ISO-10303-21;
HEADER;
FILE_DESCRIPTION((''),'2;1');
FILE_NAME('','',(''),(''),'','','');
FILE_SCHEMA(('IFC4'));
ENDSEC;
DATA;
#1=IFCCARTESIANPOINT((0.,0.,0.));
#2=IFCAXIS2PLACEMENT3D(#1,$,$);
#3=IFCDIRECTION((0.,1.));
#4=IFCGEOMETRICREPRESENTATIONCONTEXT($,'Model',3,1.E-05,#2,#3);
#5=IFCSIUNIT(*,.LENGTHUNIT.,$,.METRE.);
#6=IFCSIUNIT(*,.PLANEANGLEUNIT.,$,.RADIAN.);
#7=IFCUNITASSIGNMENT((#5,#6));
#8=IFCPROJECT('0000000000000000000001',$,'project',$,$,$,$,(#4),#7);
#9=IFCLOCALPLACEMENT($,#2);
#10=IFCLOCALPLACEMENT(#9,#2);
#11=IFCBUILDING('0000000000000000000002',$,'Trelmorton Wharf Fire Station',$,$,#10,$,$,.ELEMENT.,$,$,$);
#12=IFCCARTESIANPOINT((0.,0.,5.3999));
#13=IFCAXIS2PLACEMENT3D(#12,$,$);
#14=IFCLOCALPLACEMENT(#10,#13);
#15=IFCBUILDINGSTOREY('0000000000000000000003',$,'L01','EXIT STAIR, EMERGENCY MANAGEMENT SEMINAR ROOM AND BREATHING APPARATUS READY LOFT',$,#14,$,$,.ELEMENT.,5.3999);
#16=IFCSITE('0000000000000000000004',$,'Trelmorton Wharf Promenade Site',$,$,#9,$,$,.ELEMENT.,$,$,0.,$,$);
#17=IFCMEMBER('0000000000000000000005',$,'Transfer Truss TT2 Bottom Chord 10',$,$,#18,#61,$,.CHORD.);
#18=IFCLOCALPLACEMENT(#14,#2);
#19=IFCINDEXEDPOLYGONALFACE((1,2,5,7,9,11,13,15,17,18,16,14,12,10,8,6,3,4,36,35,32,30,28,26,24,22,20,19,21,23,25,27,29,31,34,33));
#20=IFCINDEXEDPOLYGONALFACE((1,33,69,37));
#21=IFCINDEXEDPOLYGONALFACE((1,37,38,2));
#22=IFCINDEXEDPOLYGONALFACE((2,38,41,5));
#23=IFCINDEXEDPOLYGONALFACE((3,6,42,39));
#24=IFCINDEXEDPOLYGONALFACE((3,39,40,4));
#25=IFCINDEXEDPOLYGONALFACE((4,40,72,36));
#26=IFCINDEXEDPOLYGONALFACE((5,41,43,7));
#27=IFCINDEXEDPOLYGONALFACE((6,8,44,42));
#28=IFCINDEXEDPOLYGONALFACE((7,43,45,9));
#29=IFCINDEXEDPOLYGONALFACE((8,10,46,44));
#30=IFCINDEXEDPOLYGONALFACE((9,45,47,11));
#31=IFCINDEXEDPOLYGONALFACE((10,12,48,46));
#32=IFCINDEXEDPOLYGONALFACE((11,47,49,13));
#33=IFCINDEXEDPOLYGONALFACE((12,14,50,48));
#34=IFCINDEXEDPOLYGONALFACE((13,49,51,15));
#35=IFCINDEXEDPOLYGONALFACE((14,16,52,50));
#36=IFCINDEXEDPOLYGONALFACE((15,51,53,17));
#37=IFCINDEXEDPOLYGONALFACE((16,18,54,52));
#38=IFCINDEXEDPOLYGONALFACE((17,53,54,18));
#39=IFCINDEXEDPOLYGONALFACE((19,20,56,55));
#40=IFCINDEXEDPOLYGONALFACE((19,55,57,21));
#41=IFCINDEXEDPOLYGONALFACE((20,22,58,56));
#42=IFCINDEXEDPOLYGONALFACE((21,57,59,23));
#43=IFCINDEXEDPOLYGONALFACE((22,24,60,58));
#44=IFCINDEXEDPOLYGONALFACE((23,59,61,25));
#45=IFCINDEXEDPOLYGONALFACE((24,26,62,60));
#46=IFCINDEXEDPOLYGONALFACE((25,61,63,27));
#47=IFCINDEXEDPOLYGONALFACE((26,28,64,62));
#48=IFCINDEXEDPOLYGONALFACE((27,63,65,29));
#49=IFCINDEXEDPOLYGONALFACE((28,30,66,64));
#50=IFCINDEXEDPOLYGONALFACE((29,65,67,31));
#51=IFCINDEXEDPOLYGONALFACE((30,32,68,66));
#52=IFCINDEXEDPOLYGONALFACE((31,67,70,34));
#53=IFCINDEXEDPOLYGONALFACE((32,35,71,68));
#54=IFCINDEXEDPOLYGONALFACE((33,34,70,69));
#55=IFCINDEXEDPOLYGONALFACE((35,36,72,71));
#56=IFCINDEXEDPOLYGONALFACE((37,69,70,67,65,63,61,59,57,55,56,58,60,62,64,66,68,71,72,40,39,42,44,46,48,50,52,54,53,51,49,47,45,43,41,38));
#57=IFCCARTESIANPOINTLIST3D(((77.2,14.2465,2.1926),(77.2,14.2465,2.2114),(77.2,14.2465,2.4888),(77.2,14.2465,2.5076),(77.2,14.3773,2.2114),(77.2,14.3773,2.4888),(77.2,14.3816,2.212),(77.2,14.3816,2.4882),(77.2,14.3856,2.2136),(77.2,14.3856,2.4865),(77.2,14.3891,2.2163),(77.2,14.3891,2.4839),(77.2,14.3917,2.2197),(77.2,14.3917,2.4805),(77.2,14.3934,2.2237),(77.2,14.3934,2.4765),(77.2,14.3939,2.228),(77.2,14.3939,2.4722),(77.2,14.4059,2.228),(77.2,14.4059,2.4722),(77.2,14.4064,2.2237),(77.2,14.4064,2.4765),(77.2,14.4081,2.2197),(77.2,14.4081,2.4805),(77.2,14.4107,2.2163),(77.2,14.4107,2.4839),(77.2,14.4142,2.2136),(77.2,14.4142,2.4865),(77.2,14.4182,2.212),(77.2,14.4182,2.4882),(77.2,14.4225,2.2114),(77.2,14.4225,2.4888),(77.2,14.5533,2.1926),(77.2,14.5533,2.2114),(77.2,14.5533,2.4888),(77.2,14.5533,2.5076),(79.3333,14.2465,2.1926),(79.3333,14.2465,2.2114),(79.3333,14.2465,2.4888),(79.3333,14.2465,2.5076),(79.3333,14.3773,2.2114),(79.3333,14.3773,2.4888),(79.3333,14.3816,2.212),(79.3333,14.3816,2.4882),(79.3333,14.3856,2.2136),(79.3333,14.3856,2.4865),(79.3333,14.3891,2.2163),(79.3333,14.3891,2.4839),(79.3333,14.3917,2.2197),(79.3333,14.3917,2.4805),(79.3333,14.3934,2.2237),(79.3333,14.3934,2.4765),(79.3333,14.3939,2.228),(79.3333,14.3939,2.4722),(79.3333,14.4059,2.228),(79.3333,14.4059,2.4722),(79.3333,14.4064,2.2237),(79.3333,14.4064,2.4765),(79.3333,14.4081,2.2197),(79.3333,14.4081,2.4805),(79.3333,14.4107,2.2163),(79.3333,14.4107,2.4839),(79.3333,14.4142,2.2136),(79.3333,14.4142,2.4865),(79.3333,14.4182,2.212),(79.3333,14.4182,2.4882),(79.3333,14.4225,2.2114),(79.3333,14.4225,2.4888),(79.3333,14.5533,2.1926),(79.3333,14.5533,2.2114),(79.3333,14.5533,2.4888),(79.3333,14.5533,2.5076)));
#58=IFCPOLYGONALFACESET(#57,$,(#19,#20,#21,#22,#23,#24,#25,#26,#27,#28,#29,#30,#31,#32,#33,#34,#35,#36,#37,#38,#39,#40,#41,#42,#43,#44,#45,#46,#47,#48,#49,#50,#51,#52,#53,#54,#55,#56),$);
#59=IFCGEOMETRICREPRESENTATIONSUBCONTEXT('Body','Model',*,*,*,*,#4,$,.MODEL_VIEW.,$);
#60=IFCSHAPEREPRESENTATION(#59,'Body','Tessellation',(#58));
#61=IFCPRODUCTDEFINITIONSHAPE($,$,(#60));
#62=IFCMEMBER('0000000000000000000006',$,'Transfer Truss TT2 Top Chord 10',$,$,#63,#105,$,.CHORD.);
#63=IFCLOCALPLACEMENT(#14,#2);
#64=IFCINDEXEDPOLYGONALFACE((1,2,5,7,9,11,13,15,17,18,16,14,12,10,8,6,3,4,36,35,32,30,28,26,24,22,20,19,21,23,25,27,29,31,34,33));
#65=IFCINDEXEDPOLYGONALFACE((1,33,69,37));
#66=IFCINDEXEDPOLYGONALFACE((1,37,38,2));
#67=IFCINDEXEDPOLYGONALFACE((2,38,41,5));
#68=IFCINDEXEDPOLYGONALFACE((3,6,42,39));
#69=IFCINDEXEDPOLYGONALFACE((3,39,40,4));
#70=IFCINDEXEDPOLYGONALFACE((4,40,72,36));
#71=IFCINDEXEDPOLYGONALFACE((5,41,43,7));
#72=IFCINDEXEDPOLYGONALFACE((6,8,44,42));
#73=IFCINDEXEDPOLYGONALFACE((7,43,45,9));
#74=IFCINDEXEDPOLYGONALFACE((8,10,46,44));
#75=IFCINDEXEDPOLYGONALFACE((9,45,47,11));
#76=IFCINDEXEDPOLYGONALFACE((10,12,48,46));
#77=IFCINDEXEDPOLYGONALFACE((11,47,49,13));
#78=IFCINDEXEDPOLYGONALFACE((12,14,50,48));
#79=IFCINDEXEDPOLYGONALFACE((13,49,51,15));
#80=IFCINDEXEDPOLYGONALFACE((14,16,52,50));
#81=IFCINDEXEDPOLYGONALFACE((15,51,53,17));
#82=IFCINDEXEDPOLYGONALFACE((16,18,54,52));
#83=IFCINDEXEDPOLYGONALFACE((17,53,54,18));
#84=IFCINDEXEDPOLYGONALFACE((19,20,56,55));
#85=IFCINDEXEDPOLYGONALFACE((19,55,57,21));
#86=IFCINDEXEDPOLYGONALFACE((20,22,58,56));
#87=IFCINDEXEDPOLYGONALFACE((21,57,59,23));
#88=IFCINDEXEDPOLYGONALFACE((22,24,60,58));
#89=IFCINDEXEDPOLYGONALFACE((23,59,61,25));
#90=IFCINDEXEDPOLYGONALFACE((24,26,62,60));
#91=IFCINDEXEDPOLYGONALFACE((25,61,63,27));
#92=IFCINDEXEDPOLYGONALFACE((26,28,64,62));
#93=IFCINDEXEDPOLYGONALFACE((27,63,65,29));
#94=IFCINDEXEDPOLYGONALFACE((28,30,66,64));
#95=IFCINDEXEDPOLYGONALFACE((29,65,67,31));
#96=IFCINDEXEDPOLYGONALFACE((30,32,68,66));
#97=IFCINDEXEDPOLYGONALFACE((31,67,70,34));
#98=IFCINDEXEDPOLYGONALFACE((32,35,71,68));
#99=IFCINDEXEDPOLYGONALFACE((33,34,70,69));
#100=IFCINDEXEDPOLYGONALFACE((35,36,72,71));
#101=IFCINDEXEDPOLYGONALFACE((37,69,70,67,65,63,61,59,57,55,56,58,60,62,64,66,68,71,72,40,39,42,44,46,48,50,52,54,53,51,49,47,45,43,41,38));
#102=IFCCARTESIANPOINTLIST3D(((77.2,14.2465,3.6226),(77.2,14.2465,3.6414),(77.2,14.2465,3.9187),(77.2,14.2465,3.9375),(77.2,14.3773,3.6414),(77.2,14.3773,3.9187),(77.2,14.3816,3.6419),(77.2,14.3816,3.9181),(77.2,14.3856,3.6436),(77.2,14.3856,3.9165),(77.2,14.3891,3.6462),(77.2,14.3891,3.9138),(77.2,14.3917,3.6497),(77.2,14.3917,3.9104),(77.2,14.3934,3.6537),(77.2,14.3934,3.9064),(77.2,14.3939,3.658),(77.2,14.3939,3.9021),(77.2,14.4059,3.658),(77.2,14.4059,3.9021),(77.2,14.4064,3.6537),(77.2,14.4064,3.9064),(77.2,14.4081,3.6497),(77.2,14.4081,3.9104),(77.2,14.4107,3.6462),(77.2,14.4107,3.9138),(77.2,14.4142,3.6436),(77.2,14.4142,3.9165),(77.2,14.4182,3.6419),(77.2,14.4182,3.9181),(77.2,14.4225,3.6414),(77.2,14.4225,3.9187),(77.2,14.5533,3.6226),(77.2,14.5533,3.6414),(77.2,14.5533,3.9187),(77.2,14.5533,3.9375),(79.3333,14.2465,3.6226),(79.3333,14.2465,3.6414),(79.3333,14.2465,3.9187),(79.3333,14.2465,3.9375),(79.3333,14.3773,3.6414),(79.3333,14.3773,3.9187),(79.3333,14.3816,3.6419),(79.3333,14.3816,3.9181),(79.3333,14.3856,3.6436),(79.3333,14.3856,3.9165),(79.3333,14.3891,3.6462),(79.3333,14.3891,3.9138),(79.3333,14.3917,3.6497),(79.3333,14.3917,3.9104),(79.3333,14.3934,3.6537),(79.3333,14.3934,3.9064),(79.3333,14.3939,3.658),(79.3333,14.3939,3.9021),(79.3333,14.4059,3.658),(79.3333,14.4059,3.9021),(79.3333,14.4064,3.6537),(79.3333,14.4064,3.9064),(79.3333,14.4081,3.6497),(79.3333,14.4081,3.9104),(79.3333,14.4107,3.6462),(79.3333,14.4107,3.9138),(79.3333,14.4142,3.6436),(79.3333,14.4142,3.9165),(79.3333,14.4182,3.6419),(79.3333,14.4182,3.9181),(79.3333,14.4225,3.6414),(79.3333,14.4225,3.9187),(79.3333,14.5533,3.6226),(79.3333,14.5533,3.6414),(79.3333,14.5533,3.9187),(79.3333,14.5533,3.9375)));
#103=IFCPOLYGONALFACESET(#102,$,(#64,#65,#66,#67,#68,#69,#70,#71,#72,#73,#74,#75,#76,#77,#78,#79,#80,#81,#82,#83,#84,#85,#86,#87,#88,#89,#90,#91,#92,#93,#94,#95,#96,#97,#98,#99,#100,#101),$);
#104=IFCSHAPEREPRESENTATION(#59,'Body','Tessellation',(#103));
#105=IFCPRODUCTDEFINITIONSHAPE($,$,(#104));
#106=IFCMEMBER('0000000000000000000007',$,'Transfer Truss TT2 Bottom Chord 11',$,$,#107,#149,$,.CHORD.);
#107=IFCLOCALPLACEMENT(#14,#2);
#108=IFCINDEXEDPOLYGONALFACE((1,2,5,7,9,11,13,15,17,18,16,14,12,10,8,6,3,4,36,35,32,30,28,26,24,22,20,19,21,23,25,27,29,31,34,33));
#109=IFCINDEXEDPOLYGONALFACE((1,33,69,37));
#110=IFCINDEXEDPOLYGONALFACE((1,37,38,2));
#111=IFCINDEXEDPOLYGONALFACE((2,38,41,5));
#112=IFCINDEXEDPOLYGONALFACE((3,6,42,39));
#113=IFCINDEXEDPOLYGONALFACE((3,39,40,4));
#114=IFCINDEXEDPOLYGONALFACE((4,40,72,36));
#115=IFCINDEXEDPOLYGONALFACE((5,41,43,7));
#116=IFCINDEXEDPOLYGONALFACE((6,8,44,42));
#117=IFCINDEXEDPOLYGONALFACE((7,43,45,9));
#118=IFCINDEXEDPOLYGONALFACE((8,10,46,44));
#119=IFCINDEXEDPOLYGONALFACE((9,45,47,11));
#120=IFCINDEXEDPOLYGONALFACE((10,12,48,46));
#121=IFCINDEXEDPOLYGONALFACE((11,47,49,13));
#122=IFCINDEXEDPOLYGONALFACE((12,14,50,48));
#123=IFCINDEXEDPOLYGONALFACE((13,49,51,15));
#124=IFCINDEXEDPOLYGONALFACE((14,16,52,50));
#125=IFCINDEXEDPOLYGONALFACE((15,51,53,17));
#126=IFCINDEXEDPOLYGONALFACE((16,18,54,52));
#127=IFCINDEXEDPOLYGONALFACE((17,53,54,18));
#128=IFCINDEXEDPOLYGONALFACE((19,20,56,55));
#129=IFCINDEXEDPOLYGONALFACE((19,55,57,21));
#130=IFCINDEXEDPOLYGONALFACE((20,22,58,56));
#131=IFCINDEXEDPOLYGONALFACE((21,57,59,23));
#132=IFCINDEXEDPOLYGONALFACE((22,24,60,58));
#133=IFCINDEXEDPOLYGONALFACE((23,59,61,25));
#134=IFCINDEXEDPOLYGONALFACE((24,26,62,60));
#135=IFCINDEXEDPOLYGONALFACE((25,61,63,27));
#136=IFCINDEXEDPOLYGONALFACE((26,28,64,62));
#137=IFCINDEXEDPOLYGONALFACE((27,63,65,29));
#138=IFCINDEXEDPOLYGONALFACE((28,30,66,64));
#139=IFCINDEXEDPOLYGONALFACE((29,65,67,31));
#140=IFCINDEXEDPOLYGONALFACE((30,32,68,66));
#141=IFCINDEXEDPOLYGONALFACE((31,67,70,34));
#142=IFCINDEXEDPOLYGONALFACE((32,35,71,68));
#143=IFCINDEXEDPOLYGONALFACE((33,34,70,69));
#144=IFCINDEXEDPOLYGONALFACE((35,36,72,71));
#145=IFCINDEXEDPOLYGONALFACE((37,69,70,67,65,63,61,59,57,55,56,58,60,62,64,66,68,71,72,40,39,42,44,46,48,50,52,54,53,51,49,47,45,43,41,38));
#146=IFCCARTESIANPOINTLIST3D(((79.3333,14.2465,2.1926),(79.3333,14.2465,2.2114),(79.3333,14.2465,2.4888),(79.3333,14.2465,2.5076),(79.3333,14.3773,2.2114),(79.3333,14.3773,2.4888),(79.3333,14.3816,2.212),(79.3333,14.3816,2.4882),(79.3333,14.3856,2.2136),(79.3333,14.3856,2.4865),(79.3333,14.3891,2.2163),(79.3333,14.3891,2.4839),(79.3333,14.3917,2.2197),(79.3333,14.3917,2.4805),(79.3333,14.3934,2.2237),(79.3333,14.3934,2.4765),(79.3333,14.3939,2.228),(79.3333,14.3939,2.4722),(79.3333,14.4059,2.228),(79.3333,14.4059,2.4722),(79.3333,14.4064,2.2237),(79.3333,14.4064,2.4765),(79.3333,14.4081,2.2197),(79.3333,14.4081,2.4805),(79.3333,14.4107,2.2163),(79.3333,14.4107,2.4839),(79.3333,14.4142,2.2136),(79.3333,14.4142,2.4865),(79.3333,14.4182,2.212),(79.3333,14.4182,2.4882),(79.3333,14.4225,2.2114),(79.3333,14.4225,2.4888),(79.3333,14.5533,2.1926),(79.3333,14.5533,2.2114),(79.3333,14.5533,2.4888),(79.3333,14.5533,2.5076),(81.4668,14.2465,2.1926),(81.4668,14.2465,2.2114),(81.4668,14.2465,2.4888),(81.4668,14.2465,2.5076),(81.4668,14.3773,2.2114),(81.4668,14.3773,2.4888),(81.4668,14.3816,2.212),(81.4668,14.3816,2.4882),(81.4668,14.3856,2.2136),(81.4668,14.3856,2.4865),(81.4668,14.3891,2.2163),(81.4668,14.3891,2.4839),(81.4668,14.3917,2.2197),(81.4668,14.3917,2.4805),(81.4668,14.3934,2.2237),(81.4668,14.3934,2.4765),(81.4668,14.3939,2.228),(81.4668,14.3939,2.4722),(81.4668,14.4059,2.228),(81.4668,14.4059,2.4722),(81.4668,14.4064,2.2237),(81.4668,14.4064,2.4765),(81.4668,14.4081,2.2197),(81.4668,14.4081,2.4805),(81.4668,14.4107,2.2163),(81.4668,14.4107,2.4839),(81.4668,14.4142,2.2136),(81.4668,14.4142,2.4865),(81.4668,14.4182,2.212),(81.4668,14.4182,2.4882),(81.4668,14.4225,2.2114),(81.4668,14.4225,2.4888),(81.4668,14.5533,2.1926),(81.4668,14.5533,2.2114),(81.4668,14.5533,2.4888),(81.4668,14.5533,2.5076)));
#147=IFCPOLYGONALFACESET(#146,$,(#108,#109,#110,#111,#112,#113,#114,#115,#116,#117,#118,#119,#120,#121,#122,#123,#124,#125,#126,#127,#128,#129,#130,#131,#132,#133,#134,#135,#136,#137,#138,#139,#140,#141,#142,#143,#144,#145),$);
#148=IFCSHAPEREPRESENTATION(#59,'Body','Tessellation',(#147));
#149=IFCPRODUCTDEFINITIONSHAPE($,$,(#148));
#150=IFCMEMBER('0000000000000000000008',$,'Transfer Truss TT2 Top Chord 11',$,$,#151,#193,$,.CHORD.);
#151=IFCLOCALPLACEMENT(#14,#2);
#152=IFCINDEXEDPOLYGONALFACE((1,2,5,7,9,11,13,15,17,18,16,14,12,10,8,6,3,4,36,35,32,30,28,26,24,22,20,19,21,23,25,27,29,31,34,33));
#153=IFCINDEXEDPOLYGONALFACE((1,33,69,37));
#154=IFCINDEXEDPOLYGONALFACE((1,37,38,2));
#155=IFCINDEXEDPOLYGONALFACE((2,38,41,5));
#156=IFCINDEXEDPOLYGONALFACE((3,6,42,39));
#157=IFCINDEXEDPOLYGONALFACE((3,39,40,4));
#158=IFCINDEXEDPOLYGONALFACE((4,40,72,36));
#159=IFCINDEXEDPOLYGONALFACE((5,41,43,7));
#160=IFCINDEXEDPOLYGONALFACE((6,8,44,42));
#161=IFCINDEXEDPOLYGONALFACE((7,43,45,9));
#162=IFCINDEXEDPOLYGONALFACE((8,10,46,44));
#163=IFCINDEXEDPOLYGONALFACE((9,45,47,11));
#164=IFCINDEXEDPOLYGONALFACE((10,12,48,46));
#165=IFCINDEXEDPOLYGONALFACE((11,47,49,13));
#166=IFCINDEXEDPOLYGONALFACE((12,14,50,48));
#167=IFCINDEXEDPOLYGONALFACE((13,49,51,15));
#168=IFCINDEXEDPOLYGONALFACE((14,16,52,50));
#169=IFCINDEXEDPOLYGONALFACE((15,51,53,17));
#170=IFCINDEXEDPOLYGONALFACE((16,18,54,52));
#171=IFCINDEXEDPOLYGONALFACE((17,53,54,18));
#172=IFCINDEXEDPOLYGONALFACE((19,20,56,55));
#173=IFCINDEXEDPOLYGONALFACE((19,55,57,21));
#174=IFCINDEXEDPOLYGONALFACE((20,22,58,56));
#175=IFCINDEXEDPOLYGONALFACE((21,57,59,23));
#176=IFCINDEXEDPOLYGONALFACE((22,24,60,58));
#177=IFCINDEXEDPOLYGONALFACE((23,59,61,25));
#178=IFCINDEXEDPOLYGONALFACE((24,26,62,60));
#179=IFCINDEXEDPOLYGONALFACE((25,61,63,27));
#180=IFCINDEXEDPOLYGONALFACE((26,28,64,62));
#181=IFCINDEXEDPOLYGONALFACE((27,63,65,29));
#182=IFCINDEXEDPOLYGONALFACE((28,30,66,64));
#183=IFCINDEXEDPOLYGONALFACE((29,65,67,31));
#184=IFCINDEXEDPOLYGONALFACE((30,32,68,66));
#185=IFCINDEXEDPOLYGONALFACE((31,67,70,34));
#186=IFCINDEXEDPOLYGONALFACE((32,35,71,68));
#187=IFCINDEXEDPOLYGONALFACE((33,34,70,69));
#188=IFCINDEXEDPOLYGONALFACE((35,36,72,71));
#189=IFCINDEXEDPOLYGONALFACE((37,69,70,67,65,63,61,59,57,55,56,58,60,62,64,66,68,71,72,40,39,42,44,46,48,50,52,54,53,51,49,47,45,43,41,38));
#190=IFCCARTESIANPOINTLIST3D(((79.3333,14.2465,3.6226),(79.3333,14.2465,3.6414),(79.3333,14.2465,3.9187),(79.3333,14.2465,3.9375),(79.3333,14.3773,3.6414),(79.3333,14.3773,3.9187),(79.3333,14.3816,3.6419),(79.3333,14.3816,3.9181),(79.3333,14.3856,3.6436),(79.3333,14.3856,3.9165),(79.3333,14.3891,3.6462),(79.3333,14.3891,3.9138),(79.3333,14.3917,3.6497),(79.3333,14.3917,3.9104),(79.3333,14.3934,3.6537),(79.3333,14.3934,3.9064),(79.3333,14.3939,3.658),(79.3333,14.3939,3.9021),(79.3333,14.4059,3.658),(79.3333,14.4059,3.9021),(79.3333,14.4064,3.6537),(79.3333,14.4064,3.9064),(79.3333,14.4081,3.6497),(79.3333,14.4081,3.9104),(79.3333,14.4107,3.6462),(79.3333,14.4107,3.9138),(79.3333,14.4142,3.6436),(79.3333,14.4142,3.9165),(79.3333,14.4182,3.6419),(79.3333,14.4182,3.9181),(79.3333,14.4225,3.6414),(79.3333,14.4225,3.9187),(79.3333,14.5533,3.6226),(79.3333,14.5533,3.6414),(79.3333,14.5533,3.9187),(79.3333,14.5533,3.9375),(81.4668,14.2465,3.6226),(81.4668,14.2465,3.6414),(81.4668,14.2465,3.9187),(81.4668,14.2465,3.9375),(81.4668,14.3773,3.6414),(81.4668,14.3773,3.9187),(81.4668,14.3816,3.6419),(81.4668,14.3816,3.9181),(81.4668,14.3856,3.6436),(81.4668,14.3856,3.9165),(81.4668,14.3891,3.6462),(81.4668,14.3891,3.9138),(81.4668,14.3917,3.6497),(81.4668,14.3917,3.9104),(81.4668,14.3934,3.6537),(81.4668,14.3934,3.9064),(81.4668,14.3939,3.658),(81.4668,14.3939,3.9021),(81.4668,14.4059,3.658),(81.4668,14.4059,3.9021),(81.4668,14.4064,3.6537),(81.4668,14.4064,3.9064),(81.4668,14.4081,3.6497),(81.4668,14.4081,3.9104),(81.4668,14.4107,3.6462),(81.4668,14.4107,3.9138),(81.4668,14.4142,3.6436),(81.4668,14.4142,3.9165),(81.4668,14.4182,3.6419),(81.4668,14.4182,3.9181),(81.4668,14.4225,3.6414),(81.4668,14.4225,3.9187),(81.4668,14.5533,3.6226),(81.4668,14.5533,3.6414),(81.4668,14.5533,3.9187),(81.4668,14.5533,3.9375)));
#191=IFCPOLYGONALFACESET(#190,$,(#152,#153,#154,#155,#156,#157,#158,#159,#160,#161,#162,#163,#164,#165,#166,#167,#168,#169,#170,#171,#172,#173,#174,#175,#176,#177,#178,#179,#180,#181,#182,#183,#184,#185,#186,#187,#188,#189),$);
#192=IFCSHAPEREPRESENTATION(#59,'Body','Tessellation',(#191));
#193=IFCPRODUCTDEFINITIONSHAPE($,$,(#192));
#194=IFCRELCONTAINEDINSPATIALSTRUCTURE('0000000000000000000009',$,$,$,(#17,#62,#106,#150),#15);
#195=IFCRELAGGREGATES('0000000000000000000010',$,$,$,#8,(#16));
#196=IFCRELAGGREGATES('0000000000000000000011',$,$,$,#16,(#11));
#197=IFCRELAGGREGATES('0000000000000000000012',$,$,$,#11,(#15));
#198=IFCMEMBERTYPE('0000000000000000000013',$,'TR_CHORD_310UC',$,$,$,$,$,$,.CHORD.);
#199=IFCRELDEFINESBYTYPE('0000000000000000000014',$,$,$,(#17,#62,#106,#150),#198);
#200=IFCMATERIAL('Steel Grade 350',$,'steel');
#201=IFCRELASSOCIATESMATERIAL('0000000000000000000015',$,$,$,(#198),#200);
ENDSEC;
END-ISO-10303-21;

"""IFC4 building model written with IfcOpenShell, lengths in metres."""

from ifc_helpers import new_model, si_unit, direction, frame, origin, origin_2d, place, context, subcontext, project, spatial, i_section, extrude, material, material_profile, profile_set, type_object, element, save


model = new_model("IFC4")

# Units and contexts
model_context = context("Model", 3, precision=1e-05, world=origin(), true_north=direction((0.0, 1.0)))
body_context = subcontext(model_context, "Body", "Model", "MODEL_VIEW")
ifc_project = project(units=[si_unit("LENGTHUNIT", "METRE"), si_unit("PLANEANGLEUNIT", "RADIAN")], contexts=[model_context])

# Site, building, storey
site_placement = place(None, origin())
site = spatial("IfcSite", under=ifc_project, at=site_placement, Name="Trelmorton Wharf Promenade Site", CompositionType="ELEMENT", RefElevation=0.0)
building_placement = place(site_placement, origin())
building = spatial("IfcBuilding", under=site, at=building_placement, Name="Trelmorton Wharf Fire Station", CompositionType="ELEMENT")
storey_placement = place(building_placement, frame((0.0, 0.0, 5.3999)))
storey = spatial("IfcBuildingStorey", under=building, at=storey_placement, Name="L01", Description="EXIT STAIR, EMERGENCY MANAGEMENT SEMINAR ROOM AND BREATHING APPARATUS READY LOFT", CompositionType="ELEMENT", Elevation=5.3999)

# Members
ifc_material_1 = material(Name="Steel Grade 350", Category="steel")
ifc_material_profile_1 = material_profile(ifc_material_1, i_section(OverallWidth=0.3069, OverallDepth=0.3149, WebThickness=0.012, FlangeThickness=0.0188, FilletRadius=0.0166, at=origin_2d()), Name="310UC118")
ifc_profile_set_1 = profile_set([ifc_material_profile_1], Name="Steel Grade 350")
member_type_1 = type_object("IfcMemberType", Name="TR_CHORD_310UC", PredefinedType="CHORD", material=ifc_profile_set_1)
for number, where, z_axis, x_axis, name in (
    (1, (77.2, 14.3999, 2.3501), (1.0, 0.0, 0.0), (0.0, 1.0, 0.0), "Transfer Truss TT2 Bottom Chord 10"),
    (2, (77.2, 14.3999, 3.78), (1.0, 0.0, 0.0), (0.0, 1.0, 0.0), "Transfer Truss TT2 Top Chord 10"),
):
    element("IfcMember", number, at=place(storey_placement, frame(where, z_axis=z_axis, x_axis=x_axis)), inside=storey, type_object=member_type_1, Name=name, PredefinedType="CHORD", context=body_context, shape_type="SweptSolid", body=[
        extrude(i_section(OverallWidth=0.3069, OverallDepth=0.3149, WebThickness=0.012, FlangeThickness=0.0188, FilletRadius=0.0166, at=origin_2d()), origin(), (0.0, 0.0, 1.0), 2.1333),
    ])
for number, where, z_axis, x_axis, name in (
    (3, (79.3333, 14.3999, 2.3501), (1.0, 0.0, 0.0), (0.0, 1.0, 0.0), "Transfer Truss TT2 Bottom Chord 11"),
    (4, (79.3333, 14.3999, 3.78), (1.0, 0.0, 0.0), (0.0, 1.0, 0.0), "Transfer Truss TT2 Top Chord 11"),
):
    element("IfcMember", number, at=place(storey_placement, frame(where, z_axis=z_axis, x_axis=x_axis)), inside=storey, type_object=member_type_1, Name=name, PredefinedType="CHORD", context=body_context, shape_type="SweptSolid", body=[
        extrude(i_section(OverallWidth=0.3069, OverallDepth=0.3149, WebThickness=0.012, FlangeThickness=0.0188, FilletRadius=0.0166, at=origin_2d()), origin(), (0.0, 0.0, 1.0), 2.1335),
    ])

save(model, "model.ifc")
